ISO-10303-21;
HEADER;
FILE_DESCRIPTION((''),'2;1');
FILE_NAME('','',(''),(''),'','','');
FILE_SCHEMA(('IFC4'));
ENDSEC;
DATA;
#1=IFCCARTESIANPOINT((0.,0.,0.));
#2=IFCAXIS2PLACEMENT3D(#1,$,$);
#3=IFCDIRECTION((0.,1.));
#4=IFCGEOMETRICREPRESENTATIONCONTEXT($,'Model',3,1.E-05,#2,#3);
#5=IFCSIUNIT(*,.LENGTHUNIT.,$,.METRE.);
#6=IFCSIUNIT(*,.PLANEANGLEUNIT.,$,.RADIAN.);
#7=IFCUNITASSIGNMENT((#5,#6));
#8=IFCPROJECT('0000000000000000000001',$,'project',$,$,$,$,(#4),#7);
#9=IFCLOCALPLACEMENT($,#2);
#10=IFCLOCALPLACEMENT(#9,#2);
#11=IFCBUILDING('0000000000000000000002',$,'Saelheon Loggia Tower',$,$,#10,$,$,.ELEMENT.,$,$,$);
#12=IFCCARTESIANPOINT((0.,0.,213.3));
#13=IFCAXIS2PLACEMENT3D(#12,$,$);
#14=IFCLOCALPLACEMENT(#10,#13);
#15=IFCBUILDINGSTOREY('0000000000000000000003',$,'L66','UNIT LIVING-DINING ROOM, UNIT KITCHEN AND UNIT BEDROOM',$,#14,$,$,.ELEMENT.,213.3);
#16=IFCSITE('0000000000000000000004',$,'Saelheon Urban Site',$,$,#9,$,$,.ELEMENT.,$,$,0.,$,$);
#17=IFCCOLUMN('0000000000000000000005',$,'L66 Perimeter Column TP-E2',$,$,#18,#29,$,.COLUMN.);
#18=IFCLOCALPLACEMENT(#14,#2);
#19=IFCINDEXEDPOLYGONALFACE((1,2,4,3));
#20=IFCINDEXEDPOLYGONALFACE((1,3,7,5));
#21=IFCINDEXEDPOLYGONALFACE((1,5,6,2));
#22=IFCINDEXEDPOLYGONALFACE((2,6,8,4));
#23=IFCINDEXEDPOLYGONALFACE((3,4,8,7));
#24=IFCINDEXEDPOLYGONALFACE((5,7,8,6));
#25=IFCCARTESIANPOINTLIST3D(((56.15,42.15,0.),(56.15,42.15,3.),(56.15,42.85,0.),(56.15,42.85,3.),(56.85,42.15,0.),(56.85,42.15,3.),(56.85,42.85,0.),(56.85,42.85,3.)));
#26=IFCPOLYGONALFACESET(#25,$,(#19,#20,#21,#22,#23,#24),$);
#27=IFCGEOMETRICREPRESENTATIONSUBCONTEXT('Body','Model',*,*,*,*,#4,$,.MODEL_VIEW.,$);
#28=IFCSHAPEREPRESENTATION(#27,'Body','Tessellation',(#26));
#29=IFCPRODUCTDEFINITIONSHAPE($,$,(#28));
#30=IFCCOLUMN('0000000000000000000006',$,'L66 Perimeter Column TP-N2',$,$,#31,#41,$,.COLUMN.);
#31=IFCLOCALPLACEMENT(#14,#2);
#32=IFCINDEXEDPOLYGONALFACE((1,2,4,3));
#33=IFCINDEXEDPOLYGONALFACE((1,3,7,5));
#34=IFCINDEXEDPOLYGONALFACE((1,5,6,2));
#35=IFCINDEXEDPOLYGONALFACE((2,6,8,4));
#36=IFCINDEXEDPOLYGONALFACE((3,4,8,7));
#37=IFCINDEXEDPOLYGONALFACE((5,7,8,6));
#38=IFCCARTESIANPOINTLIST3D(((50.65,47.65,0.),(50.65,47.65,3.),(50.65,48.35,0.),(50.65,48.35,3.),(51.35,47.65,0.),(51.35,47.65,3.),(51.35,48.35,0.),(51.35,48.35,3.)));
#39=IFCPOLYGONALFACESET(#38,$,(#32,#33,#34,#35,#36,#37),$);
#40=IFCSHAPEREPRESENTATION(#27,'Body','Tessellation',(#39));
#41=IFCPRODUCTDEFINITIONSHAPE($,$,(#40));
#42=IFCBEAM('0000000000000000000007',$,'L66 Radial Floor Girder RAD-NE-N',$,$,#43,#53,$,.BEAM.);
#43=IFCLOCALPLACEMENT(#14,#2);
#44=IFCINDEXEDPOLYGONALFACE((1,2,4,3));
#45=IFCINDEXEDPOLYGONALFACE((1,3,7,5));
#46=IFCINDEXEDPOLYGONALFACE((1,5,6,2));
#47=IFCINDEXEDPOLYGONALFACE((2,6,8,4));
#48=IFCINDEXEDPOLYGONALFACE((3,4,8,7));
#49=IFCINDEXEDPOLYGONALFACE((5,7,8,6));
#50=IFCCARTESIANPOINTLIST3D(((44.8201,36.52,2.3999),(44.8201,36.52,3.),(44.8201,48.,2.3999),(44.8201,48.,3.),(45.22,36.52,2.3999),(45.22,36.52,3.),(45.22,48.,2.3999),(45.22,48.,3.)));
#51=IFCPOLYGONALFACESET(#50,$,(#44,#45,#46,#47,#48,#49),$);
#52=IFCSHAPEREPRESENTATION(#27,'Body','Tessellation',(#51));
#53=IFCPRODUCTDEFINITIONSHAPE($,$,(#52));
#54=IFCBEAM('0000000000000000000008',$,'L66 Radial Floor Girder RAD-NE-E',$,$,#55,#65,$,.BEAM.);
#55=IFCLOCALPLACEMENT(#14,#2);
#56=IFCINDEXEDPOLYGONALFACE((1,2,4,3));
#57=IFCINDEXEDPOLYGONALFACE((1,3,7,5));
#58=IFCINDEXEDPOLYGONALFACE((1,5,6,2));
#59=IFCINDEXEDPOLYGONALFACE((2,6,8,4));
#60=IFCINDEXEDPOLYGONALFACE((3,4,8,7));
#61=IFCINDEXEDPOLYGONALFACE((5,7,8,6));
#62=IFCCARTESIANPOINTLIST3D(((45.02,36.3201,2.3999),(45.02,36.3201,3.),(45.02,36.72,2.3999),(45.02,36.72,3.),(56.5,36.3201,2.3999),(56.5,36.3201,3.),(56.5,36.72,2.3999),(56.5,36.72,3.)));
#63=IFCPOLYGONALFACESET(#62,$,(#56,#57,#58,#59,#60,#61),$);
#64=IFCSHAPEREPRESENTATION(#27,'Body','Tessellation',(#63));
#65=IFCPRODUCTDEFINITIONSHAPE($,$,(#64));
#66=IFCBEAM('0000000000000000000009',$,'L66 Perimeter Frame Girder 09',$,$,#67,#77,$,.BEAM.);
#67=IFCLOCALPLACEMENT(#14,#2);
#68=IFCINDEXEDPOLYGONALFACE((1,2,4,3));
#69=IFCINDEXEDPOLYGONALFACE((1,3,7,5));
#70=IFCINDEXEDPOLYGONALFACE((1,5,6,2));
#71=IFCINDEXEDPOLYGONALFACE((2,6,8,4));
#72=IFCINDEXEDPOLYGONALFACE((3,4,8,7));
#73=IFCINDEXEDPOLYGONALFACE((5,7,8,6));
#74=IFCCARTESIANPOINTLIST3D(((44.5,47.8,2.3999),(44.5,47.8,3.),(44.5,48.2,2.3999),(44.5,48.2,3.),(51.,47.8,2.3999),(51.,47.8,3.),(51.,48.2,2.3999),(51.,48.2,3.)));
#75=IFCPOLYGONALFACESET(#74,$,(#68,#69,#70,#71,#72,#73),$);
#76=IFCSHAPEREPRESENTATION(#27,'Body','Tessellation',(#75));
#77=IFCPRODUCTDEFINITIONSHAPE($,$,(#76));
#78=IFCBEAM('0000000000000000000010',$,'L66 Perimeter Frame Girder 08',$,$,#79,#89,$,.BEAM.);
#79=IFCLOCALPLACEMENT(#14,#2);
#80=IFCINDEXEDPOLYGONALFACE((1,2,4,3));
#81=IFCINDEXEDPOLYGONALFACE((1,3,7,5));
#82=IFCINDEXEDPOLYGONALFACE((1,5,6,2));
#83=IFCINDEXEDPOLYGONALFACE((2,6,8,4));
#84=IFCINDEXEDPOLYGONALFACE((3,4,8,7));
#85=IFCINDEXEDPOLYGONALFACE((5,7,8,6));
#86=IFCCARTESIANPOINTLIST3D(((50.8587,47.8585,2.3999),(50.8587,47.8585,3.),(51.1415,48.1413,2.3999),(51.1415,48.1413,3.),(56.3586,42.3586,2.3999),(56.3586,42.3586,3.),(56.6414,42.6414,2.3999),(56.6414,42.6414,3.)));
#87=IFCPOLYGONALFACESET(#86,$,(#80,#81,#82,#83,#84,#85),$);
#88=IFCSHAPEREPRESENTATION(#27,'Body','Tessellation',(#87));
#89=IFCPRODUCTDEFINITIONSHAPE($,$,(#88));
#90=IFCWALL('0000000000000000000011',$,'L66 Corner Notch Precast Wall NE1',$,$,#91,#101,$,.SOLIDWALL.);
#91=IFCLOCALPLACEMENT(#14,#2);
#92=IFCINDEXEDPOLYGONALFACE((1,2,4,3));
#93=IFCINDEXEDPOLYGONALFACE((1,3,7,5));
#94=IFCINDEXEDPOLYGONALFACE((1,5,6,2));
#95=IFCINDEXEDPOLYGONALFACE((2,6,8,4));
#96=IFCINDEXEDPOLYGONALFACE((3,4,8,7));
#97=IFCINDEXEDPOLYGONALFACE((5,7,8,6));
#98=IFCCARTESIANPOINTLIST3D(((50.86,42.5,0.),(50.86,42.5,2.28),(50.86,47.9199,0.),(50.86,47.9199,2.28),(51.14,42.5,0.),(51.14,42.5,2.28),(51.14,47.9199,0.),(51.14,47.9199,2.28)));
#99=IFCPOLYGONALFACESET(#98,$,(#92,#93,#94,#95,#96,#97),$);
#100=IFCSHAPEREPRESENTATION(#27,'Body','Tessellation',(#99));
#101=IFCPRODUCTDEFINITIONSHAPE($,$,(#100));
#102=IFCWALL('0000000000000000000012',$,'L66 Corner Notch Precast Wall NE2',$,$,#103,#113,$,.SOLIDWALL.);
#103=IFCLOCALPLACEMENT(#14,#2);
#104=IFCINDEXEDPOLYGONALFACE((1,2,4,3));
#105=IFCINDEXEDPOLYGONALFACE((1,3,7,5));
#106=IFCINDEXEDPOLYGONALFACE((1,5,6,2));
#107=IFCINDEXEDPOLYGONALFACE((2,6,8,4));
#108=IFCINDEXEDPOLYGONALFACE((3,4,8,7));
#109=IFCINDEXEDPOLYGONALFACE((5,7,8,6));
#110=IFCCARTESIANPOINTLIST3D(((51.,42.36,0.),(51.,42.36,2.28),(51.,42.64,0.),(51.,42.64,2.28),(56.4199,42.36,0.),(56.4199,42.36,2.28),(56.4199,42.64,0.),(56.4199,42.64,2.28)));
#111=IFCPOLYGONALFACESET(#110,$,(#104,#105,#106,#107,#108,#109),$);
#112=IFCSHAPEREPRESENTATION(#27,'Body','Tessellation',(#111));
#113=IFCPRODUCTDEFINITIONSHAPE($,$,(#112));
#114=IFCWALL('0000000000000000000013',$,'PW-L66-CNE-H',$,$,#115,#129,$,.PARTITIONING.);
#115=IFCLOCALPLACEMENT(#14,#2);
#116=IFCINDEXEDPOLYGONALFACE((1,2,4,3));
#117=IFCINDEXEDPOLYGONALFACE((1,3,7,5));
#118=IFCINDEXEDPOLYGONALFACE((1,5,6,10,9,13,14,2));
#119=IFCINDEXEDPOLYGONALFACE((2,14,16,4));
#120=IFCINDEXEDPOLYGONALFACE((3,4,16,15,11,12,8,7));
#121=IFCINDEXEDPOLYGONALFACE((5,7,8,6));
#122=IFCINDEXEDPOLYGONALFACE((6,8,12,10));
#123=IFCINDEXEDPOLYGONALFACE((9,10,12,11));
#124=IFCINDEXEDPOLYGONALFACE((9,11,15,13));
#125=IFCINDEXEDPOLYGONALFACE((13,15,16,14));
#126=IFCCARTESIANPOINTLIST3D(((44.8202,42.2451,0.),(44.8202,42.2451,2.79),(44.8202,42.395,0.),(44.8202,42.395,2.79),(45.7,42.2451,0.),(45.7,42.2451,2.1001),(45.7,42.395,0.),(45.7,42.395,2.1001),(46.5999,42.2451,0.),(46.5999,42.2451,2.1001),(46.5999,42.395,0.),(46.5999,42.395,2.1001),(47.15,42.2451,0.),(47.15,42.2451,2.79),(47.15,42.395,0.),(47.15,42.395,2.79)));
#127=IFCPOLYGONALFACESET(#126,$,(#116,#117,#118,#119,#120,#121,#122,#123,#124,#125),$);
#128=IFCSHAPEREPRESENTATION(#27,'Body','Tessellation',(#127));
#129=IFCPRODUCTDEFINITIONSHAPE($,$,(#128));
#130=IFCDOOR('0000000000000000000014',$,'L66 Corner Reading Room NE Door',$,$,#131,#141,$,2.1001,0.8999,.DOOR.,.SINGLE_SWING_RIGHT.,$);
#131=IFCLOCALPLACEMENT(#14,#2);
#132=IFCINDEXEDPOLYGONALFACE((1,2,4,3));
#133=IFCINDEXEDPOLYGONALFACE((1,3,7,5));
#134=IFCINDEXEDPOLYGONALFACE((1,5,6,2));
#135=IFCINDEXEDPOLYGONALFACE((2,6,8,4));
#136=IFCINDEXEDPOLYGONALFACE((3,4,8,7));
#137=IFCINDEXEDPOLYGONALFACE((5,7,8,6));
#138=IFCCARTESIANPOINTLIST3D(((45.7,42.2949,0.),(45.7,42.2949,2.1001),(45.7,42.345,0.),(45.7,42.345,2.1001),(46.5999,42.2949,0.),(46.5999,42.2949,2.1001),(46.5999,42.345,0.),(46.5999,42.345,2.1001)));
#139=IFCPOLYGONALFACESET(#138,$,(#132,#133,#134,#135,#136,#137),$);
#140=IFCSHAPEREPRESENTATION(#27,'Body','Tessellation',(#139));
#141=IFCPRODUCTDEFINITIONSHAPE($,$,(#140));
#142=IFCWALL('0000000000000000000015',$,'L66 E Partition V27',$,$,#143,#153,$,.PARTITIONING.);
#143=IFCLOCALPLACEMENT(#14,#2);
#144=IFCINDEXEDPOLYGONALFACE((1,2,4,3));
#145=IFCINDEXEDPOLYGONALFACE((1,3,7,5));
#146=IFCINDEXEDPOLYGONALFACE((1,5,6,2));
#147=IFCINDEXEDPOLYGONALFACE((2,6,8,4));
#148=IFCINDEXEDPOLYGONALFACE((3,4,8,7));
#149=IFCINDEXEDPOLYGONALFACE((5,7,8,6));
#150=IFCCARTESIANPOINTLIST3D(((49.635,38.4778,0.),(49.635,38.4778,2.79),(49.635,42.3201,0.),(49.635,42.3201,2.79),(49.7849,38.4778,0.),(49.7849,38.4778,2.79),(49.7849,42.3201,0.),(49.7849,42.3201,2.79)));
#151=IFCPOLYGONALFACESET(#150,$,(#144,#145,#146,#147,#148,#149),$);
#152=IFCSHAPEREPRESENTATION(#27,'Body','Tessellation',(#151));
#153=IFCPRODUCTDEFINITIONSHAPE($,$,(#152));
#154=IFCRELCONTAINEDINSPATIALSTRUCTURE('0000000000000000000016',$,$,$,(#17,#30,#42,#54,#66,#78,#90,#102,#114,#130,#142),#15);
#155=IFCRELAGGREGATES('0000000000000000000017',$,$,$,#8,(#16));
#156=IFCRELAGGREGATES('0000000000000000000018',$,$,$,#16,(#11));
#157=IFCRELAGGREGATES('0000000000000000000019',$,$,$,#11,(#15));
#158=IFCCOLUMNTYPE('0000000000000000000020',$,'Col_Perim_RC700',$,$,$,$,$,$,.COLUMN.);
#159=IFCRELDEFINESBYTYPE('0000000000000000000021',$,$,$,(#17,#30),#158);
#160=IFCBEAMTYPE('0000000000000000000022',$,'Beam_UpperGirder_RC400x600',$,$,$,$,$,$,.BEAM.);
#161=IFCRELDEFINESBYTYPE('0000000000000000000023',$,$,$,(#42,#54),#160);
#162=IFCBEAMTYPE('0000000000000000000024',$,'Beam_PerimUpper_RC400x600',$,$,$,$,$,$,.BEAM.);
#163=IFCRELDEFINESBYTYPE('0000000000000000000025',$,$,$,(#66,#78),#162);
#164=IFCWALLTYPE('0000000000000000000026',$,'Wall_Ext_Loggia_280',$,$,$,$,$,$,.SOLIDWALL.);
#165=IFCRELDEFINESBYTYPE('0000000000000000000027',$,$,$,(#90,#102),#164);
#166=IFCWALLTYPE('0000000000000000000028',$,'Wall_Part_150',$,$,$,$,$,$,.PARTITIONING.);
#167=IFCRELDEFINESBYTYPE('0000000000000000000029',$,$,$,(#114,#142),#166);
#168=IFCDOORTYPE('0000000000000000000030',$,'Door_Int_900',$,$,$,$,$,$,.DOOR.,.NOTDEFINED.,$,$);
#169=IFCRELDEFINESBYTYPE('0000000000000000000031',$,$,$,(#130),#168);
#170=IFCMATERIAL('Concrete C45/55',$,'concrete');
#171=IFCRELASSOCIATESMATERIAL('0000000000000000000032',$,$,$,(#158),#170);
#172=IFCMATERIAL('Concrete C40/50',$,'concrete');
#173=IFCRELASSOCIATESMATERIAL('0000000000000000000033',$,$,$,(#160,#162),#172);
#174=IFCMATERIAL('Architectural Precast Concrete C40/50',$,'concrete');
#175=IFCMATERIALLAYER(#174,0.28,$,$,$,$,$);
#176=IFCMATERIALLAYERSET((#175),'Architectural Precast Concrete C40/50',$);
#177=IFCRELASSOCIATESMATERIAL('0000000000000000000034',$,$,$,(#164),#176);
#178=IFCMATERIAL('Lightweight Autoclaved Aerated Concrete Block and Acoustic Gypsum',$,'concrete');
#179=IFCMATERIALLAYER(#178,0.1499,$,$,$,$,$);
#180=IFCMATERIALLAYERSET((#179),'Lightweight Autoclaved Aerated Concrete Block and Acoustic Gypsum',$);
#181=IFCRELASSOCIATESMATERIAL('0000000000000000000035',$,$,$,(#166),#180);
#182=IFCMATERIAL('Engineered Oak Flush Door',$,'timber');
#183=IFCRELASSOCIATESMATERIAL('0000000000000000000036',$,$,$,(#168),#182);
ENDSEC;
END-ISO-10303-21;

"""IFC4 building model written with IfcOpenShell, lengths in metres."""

from ifc_helpers import new_model, si_unit, direction, frame, frame_2d, origin, origin_2d, place, context, subcontext, project, spatial, rectangle, extrude, source, transform, mapped, material, layer, layer_set, material_profile, profile_set, type_object, element, fill, save


model = new_model("IFC4")

# Units and contexts
model_context = context("Model", 3, precision=1e-05, world=origin(), true_north=direction((0.0, 1.0)))
body_context = subcontext(model_context, "Body", "Model", "MODEL_VIEW")
ifc_project = project(units=[si_unit("LENGTHUNIT", "METRE"), si_unit("PLANEANGLEUNIT", "RADIAN")], contexts=[model_context])

# Site, building, storey
site_placement = place(None, origin())
site = spatial("IfcSite", under=ifc_project, at=site_placement, Name="Saelheon Urban Site", CompositionType="ELEMENT", RefElevation=0.0)
building_placement = place(site_placement, origin())
building = spatial("IfcBuilding", under=site, at=building_placement, Name="Saelheon Loggia Tower", CompositionType="ELEMENT")
storey_placement = place(building_placement, frame((0.0, 0.0, 213.3)))
storey = spatial("IfcBuildingStorey", under=building, at=storey_placement, Name="L66", Description="UNIT LIVING-DINING ROOM, UNIT KITCHEN AND UNIT BEDROOM", CompositionType="ELEMENT", Elevation=213.3)

# Columns
ifc_material_1 = material(Name="Concrete C45/55", Category="concrete")
ifc_material_profile_1 = material_profile(ifc_material_1, rectangle(XDim=0.7, YDim=0.7, at=origin_2d()), Name="RC-700x700")
ifc_profile_set_1 = profile_set([ifc_material_profile_1], Name="Concrete C45/55")
column_type = type_object("IfcColumnType", Name="Col_Perim_RC700", PredefinedType="COLUMN", material=ifc_profile_set_1)
shared_shape_1 = source(origin(), body_context, "Body", "SweptSolid", [
    extrude(rectangle(XDim=0.7, YDim=0.7, at=origin_2d()), origin(), (0.0, 0.0, 1.0), 3.0),
])
for number, where, z_axis, x_axis, name in (
    (1, (56.5, 42.5, 0.0), (0.0, 0.0, 1.0), (1.0, 0.0, 0.0), "L66 Perimeter Column TP-E2"),
    (2, (51.0, 48.0, 0.0), (0.0, 0.0, 1.0), (1.0, 0.0, 0.0), "L66 Perimeter Column TP-N2"),
):
    element("IfcColumn", number, at=place(storey_placement, frame(where, z_axis=z_axis, x_axis=x_axis)), inside=storey, type_object=column_type, Name=name, PredefinedType="COLUMN", context=body_context, shape_type="MappedRepresentation", body=[
        mapped(shared_shape_1, transform((0.0, 0.0, 0.0), scale=1.0)),
    ])

# Beams
ifc_material_2 = material(Name="Concrete C40/50", Category="concrete")
ifc_material_profile_2 = material_profile(ifc_material_2, rectangle(XDim=0.3999, YDim=0.6001, at=origin_2d()), Name="RC-400x600")
ifc_profile_set_2 = profile_set([ifc_material_profile_2], Name="Concrete C40/50")
beam_type_1 = type_object("IfcBeamType", Name="Beam_UpperGirder_RC400x600", PredefinedType="BEAM", material=ifc_profile_set_2)
shared_shape_2 = source(origin(), body_context, "Body", "SweptSolid", [
    extrude(rectangle(XDim=0.3999, YDim=0.6001, at=origin_2d()), origin(), (0.0, 0.0, 1.0), 11.48),
])
for number, where, z_axis, x_axis, name in (
    (3, (45.02, 36.52, 2.7), (0.0, 1.0, 0.0), (-1.0, 0.0, 0.0), "L66 Radial Floor Girder RAD-NE-N"),
    (4, (45.02, 36.52, 2.7), (1.0, 0.0, 0.0), (0.0, 1.0, 0.0), "L66 Radial Floor Girder RAD-NE-E"),
):
    element("IfcBeam", number, at=place(storey_placement, frame(where, z_axis=z_axis, x_axis=x_axis)), inside=storey, type_object=beam_type_1, Name=name, PredefinedType="BEAM", context=body_context, shape_type="MappedRepresentation", body=[
        mapped(shared_shape_2, transform((0.0, 0.0, 0.0), scale=1.0)),
    ])
ifc_material_profile_3 = material_profile(ifc_material_2, rectangle(XDim=0.3999, YDim=0.6001, at=origin_2d()), Name="RC-400x600")
ifc_profile_set_3 = profile_set([ifc_material_profile_3], Name="Concrete C40/50")
beam_type_2 = type_object("IfcBeamType", Name="Beam_PerimUpper_RC400x600", PredefinedType="BEAM", material=ifc_profile_set_3)
shared_shape_3 = source(origin(), body_context, "Body", "SweptSolid", [
    extrude(rectangle(XDim=0.3999, YDim=0.6001, at=origin_2d()), origin(), (0.0, 0.0, 1.0), 6.5),
])
beam_1_placement = place(storey_placement, frame((51.0, 48.0, 2.7), z_axis=(-1.0, 0.0, 0.0), x_axis=(0.0, -1.0, 0.0)))
element("IfcBeam", 5, at=beam_1_placement, inside=storey, type_object=beam_type_2, Name="L66 Perimeter Frame Girder 09", PredefinedType="BEAM", context=body_context, shape_type="MappedRepresentation", body=[
    mapped(shared_shape_3, transform((0.0, 0.0, 0.0), scale=1.0)),
])
shared_shape_4 = source(origin(), body_context, "Body", "SweptSolid", [
    extrude(rectangle(XDim=0.3999, YDim=0.6001, at=origin_2d()), origin(), (0.0, 0.0, 1.0), 7.7781),
])
beam_2_placement = place(storey_placement, frame((56.5, 42.5, 2.7), z_axis=(-0.707107, 0.707107, 0.0), x_axis=(-0.707107, -0.707107, 0.0)))
element("IfcBeam", 6, at=beam_2_placement, inside=storey, type_object=beam_type_2, Name="L66 Perimeter Frame Girder 08", PredefinedType="BEAM", context=body_context, shape_type="MappedRepresentation", body=[
    mapped(shared_shape_4, transform((0.0, 0.0, 0.0), scale=1.0)),
])

# Walls
ifc_material_3 = material(Name="Architectural Precast Concrete C40/50", Category="concrete")
ifc_layer_1 = layer(ifc_material_3, 0.28)
ifc_layer_set_1 = layer_set([ifc_layer_1], Name="Architectural Precast Concrete C40/50")
wall_type_1 = type_object("IfcWallType", Name="Wall_Ext_Loggia_280", PredefinedType="SOLIDWALL", material=ifc_layer_set_1)
for number, where, z_axis, x_axis, name in (
    (7, (51.0, 42.5, 0.0), (0.0, 0.0, 1.0), (0.0, 1.0, 0.0), "L66 Corner Notch Precast Wall NE1"),
    (8, (51.0, 42.5, 0.0), (0.0, 0.0, 1.0), (1.0, 0.0, 0.0), "L66 Corner Notch Precast Wall NE2"),
):
    element("IfcWall", number, at=place(storey_placement, frame(where, z_axis=z_axis, x_axis=x_axis)), inside=storey, type_object=wall_type_1, Name=name, PredefinedType="SOLIDWALL", context=body_context, shape_type="SweptSolid", body=[
        extrude(rectangle(XDim=5.4199, YDim=0.28, at=frame_2d((2.71, 0.0))), origin(), (0.0, 0.0, 1.0), 2.28),
    ])

# Wall, opening, door
ifc_material_4 = material(Name="Lightweight Autoclaved Aerated Concrete Block and Acoustic Gypsum", Category="concrete")
ifc_layer_2 = layer(ifc_material_4, 0.1499)
ifc_layer_set_2 = layer_set([ifc_layer_2], Name="Lightweight Autoclaved Aerated Concrete Block and Acoustic Gypsum")
wall_type_2 = type_object("IfcWallType", Name="Wall_Part_150", PredefinedType="PARTITIONING", material=ifc_layer_set_2)
wall_1_placement = place(storey_placement, frame((44.8201, 42.3201, 0.0), z_axis=(0.0, 0.0, 1.0), x_axis=(1.0, 0.0, 0.0)))
wall_1 = element("IfcWall", 9, at=wall_1_placement, inside=storey, type_object=wall_type_2, Name="PW-L66-CNE-H", PredefinedType="PARTITIONING", context=body_context, shape_type="SweptSolid", body=[
    extrude(rectangle(XDim=2.3298, YDim=0.1499, at=frame_2d((1.165, 0.0))), origin(), (0.0, 0.0, 1.0), 2.79),
])
opening_1_placement = place(wall_1_placement, frame((0.8799, 0.0, 0.0)))
opening_1 = element("IfcOpeningElement", 10, at=opening_1_placement, cuts=wall_1, PredefinedType="OPENING", context=body_context, shape_type="SweptSolid", body=[
    extrude(rectangle(XDim=0.8999, YDim=2.1001, at=frame_2d((0.45, 1.05))), frame((0.0, 0.0869, 0.0), z_axis=(0.0, -1.0, 0.0), x_axis=(1.0, 0.0, 0.0)), (0.0, 0.0, 1.0), 0.1738),
])
ifc_material_5 = material(Name="Engineered Oak Flush Door", Category="timber")
door_type = type_object("IfcDoorType", Name="Door_Int_900", OperationType="NOTDEFINED", PredefinedType="DOOR", material=ifc_material_5)
shared_shape_5 = source(origin(), body_context, "Body", "SweptSolid", [
    extrude(rectangle(XDim=0.8999, YDim=2.1001, at=frame_2d((0.45, 1.05))), frame((0.0, 0.0249, 0.0), z_axis=(0.0, -1.0, 0.0), x_axis=(1.0, 0.0, 0.0)), (0.0, 0.0, 1.0), 0.05),
])
door_1_placement = place(opening_1_placement, origin())
door_1 = element("IfcDoor", 11, at=door_1_placement, inside=storey, type_object=door_type, Name="L66 Corner Reading Room NE Door", OperationType="SINGLE_SWING_RIGHT", OverallHeight=2.1001, OverallWidth=0.8999, PredefinedType="DOOR", context=body_context, shape_type="MappedRepresentation", body=[
    mapped(shared_shape_5, transform((0.0, 0.0, 0.0), scale=1.0)),
])
fill(opening_1, door_1)

# Wall
wall_2_placement = place(storey_placement, frame((49.71, 38.4778, 0.0), z_axis=(0.0, 0.0, 1.0), x_axis=(0.0, 1.0, 0.0)))
element("IfcWall", 12, at=wall_2_placement, inside=storey, type_object=wall_type_2, Name="L66 E Partition V27", PredefinedType="PARTITIONING", context=body_context, shape_type="SweptSolid", body=[
    extrude(rectangle(XDim=3.8423, YDim=0.1499, at=frame_2d((1.9211, 0.0))), origin(), (0.0, 0.0, 1.0), 2.79),
])

save(model, "model.ifc")
